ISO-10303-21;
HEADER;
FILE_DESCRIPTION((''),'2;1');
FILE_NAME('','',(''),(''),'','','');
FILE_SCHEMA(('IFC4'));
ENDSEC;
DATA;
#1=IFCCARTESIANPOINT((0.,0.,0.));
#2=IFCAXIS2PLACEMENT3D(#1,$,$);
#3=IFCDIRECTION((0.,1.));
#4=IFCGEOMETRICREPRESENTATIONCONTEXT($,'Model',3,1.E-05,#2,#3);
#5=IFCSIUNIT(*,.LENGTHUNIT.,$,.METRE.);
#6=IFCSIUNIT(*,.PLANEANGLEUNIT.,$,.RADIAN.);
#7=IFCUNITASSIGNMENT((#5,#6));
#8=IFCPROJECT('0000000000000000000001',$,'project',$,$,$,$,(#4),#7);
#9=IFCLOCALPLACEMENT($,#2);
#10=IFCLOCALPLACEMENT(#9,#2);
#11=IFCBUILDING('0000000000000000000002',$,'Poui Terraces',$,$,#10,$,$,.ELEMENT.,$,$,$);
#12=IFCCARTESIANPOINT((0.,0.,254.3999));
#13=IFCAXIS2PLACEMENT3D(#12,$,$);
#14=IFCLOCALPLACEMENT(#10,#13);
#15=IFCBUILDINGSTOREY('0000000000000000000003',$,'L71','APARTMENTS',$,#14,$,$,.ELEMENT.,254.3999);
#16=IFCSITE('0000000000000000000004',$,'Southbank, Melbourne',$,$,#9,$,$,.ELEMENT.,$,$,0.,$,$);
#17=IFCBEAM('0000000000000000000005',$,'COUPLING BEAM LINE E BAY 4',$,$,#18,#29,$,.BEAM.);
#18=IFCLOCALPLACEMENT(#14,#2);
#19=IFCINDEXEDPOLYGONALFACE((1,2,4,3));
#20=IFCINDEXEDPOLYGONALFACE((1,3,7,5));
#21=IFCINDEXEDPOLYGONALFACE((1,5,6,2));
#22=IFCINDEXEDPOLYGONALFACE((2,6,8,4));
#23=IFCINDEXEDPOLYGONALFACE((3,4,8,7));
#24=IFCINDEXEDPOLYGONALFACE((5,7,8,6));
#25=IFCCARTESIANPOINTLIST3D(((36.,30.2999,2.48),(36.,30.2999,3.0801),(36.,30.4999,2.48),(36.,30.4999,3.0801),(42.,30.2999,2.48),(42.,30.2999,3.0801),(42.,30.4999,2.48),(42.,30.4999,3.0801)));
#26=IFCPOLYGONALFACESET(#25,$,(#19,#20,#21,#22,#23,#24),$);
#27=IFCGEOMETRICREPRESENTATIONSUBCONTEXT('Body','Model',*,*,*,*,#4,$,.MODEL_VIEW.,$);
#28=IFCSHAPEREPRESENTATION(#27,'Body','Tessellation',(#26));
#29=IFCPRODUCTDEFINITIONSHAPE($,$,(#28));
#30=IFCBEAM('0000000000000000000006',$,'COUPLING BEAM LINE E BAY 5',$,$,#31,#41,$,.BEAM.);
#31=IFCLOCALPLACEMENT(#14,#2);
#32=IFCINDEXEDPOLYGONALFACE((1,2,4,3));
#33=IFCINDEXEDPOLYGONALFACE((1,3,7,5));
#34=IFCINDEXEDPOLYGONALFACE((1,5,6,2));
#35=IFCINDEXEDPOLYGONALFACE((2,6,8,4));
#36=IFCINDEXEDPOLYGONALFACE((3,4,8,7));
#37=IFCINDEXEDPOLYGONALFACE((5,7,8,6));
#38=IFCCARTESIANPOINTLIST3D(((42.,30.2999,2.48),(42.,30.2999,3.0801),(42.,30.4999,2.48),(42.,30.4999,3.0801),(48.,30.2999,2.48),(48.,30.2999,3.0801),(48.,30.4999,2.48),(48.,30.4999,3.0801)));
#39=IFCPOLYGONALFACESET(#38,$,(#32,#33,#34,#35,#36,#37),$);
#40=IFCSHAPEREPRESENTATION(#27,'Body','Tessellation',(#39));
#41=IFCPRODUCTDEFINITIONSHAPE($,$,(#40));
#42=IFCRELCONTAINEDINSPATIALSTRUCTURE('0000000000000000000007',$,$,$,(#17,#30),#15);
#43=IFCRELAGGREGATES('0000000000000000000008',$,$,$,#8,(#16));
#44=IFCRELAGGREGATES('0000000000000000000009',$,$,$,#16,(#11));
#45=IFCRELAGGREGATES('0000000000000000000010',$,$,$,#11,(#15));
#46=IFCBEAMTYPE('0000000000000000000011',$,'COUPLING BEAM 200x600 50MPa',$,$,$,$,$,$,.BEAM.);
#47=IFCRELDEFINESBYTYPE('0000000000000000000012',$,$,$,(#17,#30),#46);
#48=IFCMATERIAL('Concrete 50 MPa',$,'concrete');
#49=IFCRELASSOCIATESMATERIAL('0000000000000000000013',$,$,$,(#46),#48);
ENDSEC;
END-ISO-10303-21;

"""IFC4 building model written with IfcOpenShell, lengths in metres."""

from ifc_helpers import new_model, si_unit, direction, frame, origin, origin_2d, place, context, subcontext, project, spatial, rectangle, extrude, source, transform, mapped, material, material_profile, profile_set, type_object, element, save


model = new_model("IFC4")

# Units and contexts
model_context = context("Model", 3, precision=1e-05, world=origin(), true_north=direction((0.0, 1.0)))
body_context = subcontext(model_context, "Body", "Model", "MODEL_VIEW")
ifc_project = project(units=[si_unit("LENGTHUNIT", "METRE"), si_unit("PLANEANGLEUNIT", "RADIAN")], contexts=[model_context])

# Site, building, storey
site_placement = place(None, origin())
site = spatial("IfcSite", under=ifc_project, at=site_placement, Name="Southbank, Melbourne", CompositionType="ELEMENT", RefElevation=0.0)
building_placement = place(site_placement, origin())
building = spatial("IfcBuilding", under=site, at=building_placement, Name="Poui Terraces", CompositionType="ELEMENT")
storey_placement = place(building_placement, frame((0.0, 0.0, 254.3999)))
storey = spatial("IfcBuildingStorey", under=building, at=storey_placement, Name="L71", Description="APARTMENTS", CompositionType="ELEMENT", Elevation=254.3999)

# Beams
ifc_material_1 = material(Name="Concrete 50 MPa", Category="concrete")
ifc_material_profile = material_profile(ifc_material_1, rectangle(XDim=0.2, YDim=0.6001, at=origin_2d()), Name="RC 200x600")
ifc_profile_set = profile_set([ifc_material_profile], Name="Concrete 50 MPa")
beam_type = type_object("IfcBeamType", Name="COUPLING BEAM 200x600 50MPa", PredefinedType="BEAM", material=ifc_profile_set)
shared_shape = source(origin(), body_context, "Body", "SweptSolid", [
    extrude(rectangle(XDim=0.2, YDim=0.6001, at=origin_2d()), origin(), (0.0, 0.0, 1.0), 6.0),
])
for number, where, z_axis, x_axis, name in (
    (1, (36.0, 30.3999, 2.78), (1.0, 0.0, 0.0), (0.0, 1.0, 0.0), "COUPLING BEAM LINE E BAY 4"),
    (2, (42.0, 30.3999, 2.78), (1.0, 0.0, 0.0), (0.0, 1.0, 0.0), "COUPLING BEAM LINE E BAY 5"),
):
    element("IfcBeam", number, at=place(storey_placement, frame(where, z_axis=z_axis, x_axis=x_axis)), inside=storey, type_object=beam_type, Name=name, PredefinedType="BEAM", context=body_context, shape_type="MappedRepresentation", body=[
        mapped(shared_shape, transform((0.0, 0.0, 0.0))),
    ])

save(model, "model.ifc")
